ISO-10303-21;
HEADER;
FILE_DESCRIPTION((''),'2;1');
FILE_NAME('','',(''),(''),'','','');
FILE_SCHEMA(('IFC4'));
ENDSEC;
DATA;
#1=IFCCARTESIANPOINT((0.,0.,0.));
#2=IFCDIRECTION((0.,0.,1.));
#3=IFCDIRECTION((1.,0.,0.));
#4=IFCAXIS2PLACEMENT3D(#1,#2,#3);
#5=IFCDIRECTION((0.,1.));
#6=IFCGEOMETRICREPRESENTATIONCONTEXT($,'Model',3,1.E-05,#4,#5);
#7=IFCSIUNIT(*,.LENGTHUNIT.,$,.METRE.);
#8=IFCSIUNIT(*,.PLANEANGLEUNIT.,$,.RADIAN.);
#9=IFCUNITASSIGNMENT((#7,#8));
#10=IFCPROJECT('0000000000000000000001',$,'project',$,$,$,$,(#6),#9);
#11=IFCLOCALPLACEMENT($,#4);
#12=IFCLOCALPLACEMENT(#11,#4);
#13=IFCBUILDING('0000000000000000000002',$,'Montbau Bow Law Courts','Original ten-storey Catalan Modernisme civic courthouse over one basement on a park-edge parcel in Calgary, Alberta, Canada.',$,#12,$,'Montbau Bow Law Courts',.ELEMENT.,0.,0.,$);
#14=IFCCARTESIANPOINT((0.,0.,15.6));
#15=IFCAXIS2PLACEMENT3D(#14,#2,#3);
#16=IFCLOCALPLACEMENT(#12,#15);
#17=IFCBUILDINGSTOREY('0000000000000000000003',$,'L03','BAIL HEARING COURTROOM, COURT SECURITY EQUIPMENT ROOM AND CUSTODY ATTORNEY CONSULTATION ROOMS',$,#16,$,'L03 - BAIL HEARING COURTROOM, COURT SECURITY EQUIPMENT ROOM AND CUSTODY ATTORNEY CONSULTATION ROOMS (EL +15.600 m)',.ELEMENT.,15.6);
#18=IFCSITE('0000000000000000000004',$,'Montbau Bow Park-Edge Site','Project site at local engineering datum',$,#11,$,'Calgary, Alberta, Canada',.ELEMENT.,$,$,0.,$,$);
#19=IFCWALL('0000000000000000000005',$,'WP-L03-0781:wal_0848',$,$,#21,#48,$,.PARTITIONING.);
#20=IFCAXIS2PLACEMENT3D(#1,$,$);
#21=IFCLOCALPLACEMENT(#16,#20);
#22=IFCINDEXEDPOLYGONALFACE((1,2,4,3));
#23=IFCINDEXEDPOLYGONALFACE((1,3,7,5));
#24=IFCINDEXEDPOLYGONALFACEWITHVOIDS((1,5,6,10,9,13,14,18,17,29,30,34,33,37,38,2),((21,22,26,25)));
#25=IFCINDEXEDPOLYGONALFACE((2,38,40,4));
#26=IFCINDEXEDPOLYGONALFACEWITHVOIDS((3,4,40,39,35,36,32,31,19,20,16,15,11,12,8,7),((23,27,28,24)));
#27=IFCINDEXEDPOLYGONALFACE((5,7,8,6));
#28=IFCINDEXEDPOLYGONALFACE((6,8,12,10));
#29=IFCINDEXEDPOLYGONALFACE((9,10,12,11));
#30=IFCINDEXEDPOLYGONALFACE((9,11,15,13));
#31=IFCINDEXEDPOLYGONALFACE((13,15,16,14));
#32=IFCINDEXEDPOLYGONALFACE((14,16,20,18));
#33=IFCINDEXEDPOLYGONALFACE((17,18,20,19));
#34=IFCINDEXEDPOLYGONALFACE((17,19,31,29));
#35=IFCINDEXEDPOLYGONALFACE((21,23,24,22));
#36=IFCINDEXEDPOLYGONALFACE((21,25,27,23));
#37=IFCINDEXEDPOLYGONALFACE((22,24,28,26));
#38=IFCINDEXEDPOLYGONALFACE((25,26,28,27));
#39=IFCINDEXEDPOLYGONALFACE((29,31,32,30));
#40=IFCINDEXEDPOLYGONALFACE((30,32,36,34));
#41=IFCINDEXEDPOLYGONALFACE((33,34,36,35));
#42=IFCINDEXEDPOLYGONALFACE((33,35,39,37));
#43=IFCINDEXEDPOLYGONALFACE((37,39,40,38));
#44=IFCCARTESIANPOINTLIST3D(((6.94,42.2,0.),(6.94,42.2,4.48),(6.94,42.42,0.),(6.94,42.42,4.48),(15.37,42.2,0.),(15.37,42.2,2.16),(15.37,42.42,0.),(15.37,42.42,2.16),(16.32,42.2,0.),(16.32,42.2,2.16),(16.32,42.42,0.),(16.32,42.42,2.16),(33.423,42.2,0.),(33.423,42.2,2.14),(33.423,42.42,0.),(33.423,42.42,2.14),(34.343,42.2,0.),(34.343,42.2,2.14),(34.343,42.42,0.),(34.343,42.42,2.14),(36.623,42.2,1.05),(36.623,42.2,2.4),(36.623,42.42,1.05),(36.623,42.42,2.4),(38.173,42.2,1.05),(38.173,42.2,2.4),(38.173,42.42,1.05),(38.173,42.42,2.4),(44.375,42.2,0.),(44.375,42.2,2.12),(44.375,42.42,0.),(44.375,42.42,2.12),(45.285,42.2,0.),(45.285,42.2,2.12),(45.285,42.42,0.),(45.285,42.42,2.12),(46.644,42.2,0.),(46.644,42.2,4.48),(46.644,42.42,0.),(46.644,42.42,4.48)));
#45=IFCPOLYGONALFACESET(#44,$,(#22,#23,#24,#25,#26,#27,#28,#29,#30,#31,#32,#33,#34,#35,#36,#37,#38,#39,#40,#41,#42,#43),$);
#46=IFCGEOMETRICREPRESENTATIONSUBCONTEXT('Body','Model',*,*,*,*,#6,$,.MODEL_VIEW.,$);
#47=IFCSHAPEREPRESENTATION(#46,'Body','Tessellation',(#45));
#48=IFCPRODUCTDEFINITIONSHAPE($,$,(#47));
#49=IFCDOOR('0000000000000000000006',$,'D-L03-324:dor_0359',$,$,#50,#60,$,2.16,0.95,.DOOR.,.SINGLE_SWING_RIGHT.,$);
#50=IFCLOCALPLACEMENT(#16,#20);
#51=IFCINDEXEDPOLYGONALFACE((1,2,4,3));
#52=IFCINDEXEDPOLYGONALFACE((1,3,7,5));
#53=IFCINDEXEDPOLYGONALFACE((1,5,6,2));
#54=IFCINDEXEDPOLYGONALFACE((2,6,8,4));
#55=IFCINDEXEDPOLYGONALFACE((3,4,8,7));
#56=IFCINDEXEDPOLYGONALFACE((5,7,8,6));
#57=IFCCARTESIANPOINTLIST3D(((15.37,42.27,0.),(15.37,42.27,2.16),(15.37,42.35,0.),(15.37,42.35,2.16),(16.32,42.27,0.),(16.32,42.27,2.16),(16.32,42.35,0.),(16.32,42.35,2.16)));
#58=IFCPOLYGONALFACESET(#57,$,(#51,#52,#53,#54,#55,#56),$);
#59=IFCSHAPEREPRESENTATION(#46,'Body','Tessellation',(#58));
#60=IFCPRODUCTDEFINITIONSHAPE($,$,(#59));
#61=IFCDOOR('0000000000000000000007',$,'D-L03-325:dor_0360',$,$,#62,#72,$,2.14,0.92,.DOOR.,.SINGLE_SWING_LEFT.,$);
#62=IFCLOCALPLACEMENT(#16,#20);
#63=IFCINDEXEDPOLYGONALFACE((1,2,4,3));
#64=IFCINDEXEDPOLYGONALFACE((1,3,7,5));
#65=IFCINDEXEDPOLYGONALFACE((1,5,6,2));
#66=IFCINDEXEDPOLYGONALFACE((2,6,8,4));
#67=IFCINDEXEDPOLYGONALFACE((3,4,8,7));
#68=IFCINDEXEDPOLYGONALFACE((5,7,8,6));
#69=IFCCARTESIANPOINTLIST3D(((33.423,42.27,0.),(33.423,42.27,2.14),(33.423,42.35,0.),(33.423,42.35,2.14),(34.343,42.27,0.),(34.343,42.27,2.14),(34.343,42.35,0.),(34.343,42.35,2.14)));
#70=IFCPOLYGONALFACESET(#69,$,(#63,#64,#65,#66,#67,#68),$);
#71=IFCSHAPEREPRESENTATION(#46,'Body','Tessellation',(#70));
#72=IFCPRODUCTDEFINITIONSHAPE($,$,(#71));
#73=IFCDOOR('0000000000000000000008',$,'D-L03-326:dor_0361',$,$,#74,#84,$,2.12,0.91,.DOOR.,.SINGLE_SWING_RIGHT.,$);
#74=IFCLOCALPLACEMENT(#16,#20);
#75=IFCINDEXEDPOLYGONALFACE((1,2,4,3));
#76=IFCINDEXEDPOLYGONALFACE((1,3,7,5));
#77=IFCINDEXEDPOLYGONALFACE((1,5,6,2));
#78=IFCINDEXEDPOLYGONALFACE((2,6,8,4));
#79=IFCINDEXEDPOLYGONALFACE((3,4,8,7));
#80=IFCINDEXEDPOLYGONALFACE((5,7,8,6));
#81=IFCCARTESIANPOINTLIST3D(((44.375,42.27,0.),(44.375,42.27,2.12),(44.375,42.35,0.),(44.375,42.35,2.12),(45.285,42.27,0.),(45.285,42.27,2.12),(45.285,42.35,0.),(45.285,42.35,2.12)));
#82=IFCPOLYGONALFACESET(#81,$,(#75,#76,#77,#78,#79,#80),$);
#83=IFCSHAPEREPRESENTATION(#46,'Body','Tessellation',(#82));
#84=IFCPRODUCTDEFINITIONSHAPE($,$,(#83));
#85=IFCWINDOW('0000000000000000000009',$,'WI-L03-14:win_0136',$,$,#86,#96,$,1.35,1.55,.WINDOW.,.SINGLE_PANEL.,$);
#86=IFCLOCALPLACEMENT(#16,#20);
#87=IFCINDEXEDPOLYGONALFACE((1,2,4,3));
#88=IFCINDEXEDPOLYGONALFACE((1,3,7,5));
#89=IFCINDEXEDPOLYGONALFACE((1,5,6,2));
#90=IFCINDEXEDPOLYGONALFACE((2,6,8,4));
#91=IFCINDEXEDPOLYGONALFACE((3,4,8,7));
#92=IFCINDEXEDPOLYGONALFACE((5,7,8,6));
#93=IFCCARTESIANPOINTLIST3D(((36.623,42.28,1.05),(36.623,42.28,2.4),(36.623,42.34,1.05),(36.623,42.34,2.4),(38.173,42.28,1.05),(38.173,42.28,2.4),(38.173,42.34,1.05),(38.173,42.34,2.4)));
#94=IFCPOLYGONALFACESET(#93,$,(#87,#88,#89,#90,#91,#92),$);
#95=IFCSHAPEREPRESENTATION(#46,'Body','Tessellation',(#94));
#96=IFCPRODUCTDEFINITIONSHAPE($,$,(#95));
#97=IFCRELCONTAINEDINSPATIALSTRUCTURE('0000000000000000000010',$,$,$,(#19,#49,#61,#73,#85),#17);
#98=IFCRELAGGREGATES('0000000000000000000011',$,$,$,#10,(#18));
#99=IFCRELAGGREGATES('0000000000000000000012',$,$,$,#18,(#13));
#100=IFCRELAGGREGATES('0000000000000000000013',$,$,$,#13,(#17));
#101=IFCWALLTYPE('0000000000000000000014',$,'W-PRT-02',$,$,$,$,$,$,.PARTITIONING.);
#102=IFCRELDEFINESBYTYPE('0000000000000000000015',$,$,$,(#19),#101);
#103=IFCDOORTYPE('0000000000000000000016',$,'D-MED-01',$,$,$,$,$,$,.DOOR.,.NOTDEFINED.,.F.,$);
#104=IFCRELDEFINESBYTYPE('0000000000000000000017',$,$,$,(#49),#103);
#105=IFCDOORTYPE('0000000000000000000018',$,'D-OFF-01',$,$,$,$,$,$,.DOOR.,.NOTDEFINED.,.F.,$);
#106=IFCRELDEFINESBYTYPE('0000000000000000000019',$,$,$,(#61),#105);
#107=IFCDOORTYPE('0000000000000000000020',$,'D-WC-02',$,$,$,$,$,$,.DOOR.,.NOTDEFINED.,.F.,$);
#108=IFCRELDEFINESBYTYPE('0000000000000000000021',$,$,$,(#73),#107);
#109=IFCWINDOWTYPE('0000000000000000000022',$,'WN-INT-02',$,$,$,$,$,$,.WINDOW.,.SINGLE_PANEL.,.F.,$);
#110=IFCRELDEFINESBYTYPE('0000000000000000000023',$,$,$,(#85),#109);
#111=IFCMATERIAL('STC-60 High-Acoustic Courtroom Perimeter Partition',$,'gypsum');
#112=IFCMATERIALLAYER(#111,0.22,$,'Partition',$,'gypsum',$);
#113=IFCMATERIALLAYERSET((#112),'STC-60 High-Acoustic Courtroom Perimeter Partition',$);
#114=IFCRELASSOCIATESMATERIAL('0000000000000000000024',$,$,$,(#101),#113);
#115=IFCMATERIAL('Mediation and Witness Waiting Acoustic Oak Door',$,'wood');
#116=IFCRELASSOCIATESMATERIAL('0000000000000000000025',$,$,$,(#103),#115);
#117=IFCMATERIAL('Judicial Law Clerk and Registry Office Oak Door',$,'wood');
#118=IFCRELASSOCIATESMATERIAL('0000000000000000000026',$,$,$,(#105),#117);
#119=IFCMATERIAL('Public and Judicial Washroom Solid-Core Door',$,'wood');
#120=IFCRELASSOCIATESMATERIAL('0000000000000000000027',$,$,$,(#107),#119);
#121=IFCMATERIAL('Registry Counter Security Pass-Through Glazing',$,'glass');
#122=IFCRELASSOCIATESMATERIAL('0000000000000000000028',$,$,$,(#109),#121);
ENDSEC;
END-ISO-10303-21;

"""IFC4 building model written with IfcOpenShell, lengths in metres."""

from ifc_helpers import new_model, si_unit, direction, frame, frame_2d, origin_with_axes, place, context, subcontext, project, spatial, rectangle, extrude, material, layer, layer_set, type_object, element, fill, save


model = new_model("IFC4")

# Units and contexts
model_context = context("Model", 3, precision=1e-05, world=origin_with_axes(), true_north=direction((0.0, 1.0)))
body_context = subcontext(model_context, "Body", "Model", "MODEL_VIEW")
ifc_project = project(units=[si_unit("LENGTHUNIT", "METRE"), si_unit("PLANEANGLEUNIT", "RADIAN")], contexts=[model_context])

# Site, building, storey
site_placement = place(None, origin_with_axes())
site = spatial("IfcSite", under=ifc_project, at=site_placement, Name="Montbau Bow Park-Edge Site", Description="Project site at local engineering datum", LongName="Calgary, Alberta, Canada", CompositionType="ELEMENT", RefElevation=0.0)
building_placement = place(site_placement, origin_with_axes())
building = spatial("IfcBuilding", under=site, at=building_placement, Name="Montbau Bow Law Courts", Description="Original ten-storey Catalan Modernisme civic courthouse over one basement on a park-edge parcel in Calgary, Alberta, Canada.", LongName="Montbau Bow Law Courts", CompositionType="ELEMENT", ElevationOfRefHeight=0.0, ElevationOfTerrain=0.0)
storey_placement = place(building_placement, frame((0.0, 0.0, 15.6), z_axis=(0.0, 0.0, 1.0), x_axis=(1.0, 0.0, 0.0)))
storey = spatial("IfcBuildingStorey", under=building, at=storey_placement, Name="L03", Description="BAIL HEARING COURTROOM, COURT SECURITY EQUIPMENT ROOM AND CUSTODY ATTORNEY CONSULTATION ROOMS", LongName="L03 - BAIL HEARING COURTROOM, COURT SECURITY EQUIPMENT ROOM AND CUSTODY ATTORNEY CONSULTATION ROOMS (EL +15.600 m)", CompositionType="ELEMENT", Elevation=15.6)

# Wall, openings, doors, window
ifc_material_1 = material(Name="STC-60 High-Acoustic Courtroom Perimeter Partition", Category="gypsum")
ifc_layer_1 = layer(ifc_material_1, 0.22, Name="Partition", Category="gypsum")
ifc_layer_set_1 = layer_set([ifc_layer_1], Name="STC-60 High-Acoustic Courtroom Perimeter Partition")
wall_type = type_object("IfcWallType", Name="W-PRT-02", PredefinedType="PARTITIONING", material=ifc_layer_set_1)
wall_placement = place(None, frame((6.94, 42.31, 15.6), z_axis=(0.0, 0.0, 1.0), x_axis=(1.0, 0.0, 0.0)))
wall = element("IfcWall", 1, at=wall_placement, inside=storey, type_object=wall_type, Name="WP-L03-0781:wal_0848", PredefinedType="PARTITIONING", context=body_context, shape_type="SweptSolid", body=[
    extrude(rectangle(XDim=39.704, YDim=0.22, at=frame_2d((19.852, 0.0), x_axis=(1.0, 0.0))), origin_with_axes(), (0.0, 0.0, 1.0), 4.48),
])
opening_1_placement = place(None, frame((15.845, 42.31, 15.6), z_axis=(0.0, 0.0, 1.0), x_axis=(1.0, 0.0, 0.0)))
opening_1 = element("IfcOpeningElement", 2, at=opening_1_placement, cuts=wall, PredefinedType="OPENING", context=body_context, shape_type="SweptSolid", body=[
    extrude(rectangle(XDim=0.95, YDim=2.16, at=frame_2d((0.0, 1.08), x_axis=(1.0, 0.0))), frame((0.0, 0.12, 0.0), z_axis=(0.0, -1.0, 0.0), x_axis=(1.0, 0.0, 0.0)), (0.0, 0.0, 1.0), 0.24),
])
opening_2_placement = place(None, frame((33.883, 42.31, 15.6), z_axis=(0.0, 0.0, 1.0), x_axis=(1.0, 0.0, 0.0)))
opening_2 = element("IfcOpeningElement", 3, at=opening_2_placement, cuts=wall, PredefinedType="OPENING", context=body_context, shape_type="SweptSolid", body=[
    extrude(rectangle(XDim=0.92, YDim=2.14, at=frame_2d((0.0, 1.07), x_axis=(1.0, 0.0))), frame((0.0, 0.12, 0.0), z_axis=(0.0, -1.0, 0.0), x_axis=(1.0, 0.0, 0.0)), (0.0, 0.0, 1.0), 0.24),
])
opening_3_placement = place(None, frame((44.83, 42.31, 15.6), z_axis=(0.0, 0.0, 1.0), x_axis=(1.0, 0.0, 0.0)))
opening_3 = element("IfcOpeningElement", 4, at=opening_3_placement, cuts=wall, PredefinedType="OPENING", context=body_context, shape_type="SweptSolid", body=[
    extrude(rectangle(XDim=0.91, YDim=2.12, at=frame_2d((0.0, 1.06), x_axis=(1.0, 0.0))), frame((0.0, 0.12, 0.0), z_axis=(0.0, -1.0, 0.0), x_axis=(1.0, 0.0, 0.0)), (0.0, 0.0, 1.0), 0.24),
])
opening_4_placement = place(None, frame((37.398, 42.31, 16.65), z_axis=(0.0, 0.0, 1.0), x_axis=(1.0, 0.0, 0.0)))
opening_4 = element("IfcOpeningElement", 5, at=opening_4_placement, cuts=wall, PredefinedType="OPENING", context=body_context, shape_type="SweptSolid", body=[
    extrude(rectangle(XDim=1.55, YDim=1.35, at=frame_2d((0.0, 0.675), x_axis=(1.0, 0.0))), frame((0.0, 0.12, 0.0), z_axis=(0.0, -1.0, 0.0), x_axis=(1.0, 0.0, 0.0)), (0.0, 0.0, 1.0), 0.24),
])
ifc_material_2 = material(Name="Mediation and Witness Waiting Acoustic Oak Door", Category="wood")
door_type_1 = type_object("IfcDoorType", Name="D-MED-01", OperationType="NOTDEFINED", ParameterTakesPrecedence=False, PredefinedType="DOOR", material=ifc_material_2)
door_1_placement = place(None, frame((15.845, 42.31, 15.6), z_axis=(0.0, 0.0, 1.0), x_axis=(1.0, 0.0, 0.0)))
door_1 = element("IfcDoor", 6, at=door_1_placement, inside=storey, type_object=door_type_1, Name="D-L03-324:dor_0359", OperationType="SINGLE_SWING_RIGHT", OverallHeight=2.16, OverallWidth=0.95, PredefinedType="DOOR", context=body_context, shape_type="SweptSolid", body=[
    extrude(rectangle(XDim=0.95, YDim=2.16, at=frame_2d((0.0, 1.08), x_axis=(1.0, 0.0))), frame((0.0, 0.04, 0.0), z_axis=(0.0, -1.0, 0.0), x_axis=(1.0, 0.0, 0.0)), (0.0, 0.0, 1.0), 0.08),
])
fill(opening_1, door_1)
ifc_material_3 = material(Name="Judicial Law Clerk and Registry Office Oak Door", Category="wood")
door_type_2 = type_object("IfcDoorType", Name="D-OFF-01", OperationType="NOTDEFINED", ParameterTakesPrecedence=False, PredefinedType="DOOR", material=ifc_material_3)
door_2_placement = place(None, frame((33.883, 42.31, 15.6), z_axis=(0.0, 0.0, 1.0), x_axis=(1.0, 0.0, 0.0)))
door_2 = element("IfcDoor", 7, at=door_2_placement, inside=storey, type_object=door_type_2, Name="D-L03-325:dor_0360", OperationType="SINGLE_SWING_LEFT", OverallHeight=2.14, OverallWidth=0.92, PredefinedType="DOOR", context=body_context, shape_type="SweptSolid", body=[
    extrude(rectangle(XDim=0.92, YDim=2.14, at=frame_2d((0.0, 1.07), x_axis=(1.0, 0.0))), frame((0.0, 0.04, 0.0), z_axis=(0.0, -1.0, 0.0), x_axis=(1.0, 0.0, 0.0)), (0.0, 0.0, 1.0), 0.08),
])
fill(opening_2, door_2)
ifc_material_4 = material(Name="Public and Judicial Washroom Solid-Core Door", Category="wood")
door_type_3 = type_object("IfcDoorType", Name="D-WC-02", OperationType="NOTDEFINED", ParameterTakesPrecedence=False, PredefinedType="DOOR", material=ifc_material_4)
door_3_placement = place(None, frame((44.83, 42.31, 15.6), z_axis=(0.0, 0.0, 1.0), x_axis=(1.0, 0.0, 0.0)))
door_3 = element("IfcDoor", 8, at=door_3_placement, inside=storey, type_object=door_type_3, Name="D-L03-326:dor_0361", OperationType="SINGLE_SWING_RIGHT", OverallHeight=2.12, OverallWidth=0.91, PredefinedType="DOOR", context=body_context, shape_type="SweptSolid", body=[
    extrude(rectangle(XDim=0.91, YDim=2.12, at=frame_2d((0.0, 1.06), x_axis=(1.0, 0.0))), frame((0.0, 0.04, 0.0), z_axis=(0.0, -1.0, 0.0), x_axis=(1.0, 0.0, 0.0)), (0.0, 0.0, 1.0), 0.08),
])
fill(opening_3, door_3)
ifc_material_5 = material(Name="Registry Counter Security Pass-Through Glazing", Category="glass")
window_type = type_object("IfcWindowType", Name="WN-INT-02", ParameterTakesPrecedence=False, PartitioningType="SINGLE_PANEL", PredefinedType="WINDOW", material=ifc_material_5)
window_placement = place(None, frame((37.398, 42.31, 16.65), z_axis=(0.0, 0.0, 1.0), x_axis=(1.0, 0.0, 0.0)))
window = element("IfcWindow", 9, at=window_placement, inside=storey, type_object=window_type, Name="WI-L03-14:win_0136", OverallHeight=1.35, OverallWidth=1.55, PartitioningType="SINGLE_PANEL", PredefinedType="WINDOW", context=body_context, shape_type="SweptSolid", body=[
    extrude(rectangle(XDim=1.55, YDim=1.35, at=frame_2d((0.0, 0.675), x_axis=(1.0, 0.0))), frame((0.0, 0.03, 0.0), z_axis=(0.0, -1.0, 0.0), x_axis=(1.0, 0.0, 0.0)), (0.0, 0.0, 1.0), 0.06),
])
fill(opening_4, window)

save(model, "model.ifc")
